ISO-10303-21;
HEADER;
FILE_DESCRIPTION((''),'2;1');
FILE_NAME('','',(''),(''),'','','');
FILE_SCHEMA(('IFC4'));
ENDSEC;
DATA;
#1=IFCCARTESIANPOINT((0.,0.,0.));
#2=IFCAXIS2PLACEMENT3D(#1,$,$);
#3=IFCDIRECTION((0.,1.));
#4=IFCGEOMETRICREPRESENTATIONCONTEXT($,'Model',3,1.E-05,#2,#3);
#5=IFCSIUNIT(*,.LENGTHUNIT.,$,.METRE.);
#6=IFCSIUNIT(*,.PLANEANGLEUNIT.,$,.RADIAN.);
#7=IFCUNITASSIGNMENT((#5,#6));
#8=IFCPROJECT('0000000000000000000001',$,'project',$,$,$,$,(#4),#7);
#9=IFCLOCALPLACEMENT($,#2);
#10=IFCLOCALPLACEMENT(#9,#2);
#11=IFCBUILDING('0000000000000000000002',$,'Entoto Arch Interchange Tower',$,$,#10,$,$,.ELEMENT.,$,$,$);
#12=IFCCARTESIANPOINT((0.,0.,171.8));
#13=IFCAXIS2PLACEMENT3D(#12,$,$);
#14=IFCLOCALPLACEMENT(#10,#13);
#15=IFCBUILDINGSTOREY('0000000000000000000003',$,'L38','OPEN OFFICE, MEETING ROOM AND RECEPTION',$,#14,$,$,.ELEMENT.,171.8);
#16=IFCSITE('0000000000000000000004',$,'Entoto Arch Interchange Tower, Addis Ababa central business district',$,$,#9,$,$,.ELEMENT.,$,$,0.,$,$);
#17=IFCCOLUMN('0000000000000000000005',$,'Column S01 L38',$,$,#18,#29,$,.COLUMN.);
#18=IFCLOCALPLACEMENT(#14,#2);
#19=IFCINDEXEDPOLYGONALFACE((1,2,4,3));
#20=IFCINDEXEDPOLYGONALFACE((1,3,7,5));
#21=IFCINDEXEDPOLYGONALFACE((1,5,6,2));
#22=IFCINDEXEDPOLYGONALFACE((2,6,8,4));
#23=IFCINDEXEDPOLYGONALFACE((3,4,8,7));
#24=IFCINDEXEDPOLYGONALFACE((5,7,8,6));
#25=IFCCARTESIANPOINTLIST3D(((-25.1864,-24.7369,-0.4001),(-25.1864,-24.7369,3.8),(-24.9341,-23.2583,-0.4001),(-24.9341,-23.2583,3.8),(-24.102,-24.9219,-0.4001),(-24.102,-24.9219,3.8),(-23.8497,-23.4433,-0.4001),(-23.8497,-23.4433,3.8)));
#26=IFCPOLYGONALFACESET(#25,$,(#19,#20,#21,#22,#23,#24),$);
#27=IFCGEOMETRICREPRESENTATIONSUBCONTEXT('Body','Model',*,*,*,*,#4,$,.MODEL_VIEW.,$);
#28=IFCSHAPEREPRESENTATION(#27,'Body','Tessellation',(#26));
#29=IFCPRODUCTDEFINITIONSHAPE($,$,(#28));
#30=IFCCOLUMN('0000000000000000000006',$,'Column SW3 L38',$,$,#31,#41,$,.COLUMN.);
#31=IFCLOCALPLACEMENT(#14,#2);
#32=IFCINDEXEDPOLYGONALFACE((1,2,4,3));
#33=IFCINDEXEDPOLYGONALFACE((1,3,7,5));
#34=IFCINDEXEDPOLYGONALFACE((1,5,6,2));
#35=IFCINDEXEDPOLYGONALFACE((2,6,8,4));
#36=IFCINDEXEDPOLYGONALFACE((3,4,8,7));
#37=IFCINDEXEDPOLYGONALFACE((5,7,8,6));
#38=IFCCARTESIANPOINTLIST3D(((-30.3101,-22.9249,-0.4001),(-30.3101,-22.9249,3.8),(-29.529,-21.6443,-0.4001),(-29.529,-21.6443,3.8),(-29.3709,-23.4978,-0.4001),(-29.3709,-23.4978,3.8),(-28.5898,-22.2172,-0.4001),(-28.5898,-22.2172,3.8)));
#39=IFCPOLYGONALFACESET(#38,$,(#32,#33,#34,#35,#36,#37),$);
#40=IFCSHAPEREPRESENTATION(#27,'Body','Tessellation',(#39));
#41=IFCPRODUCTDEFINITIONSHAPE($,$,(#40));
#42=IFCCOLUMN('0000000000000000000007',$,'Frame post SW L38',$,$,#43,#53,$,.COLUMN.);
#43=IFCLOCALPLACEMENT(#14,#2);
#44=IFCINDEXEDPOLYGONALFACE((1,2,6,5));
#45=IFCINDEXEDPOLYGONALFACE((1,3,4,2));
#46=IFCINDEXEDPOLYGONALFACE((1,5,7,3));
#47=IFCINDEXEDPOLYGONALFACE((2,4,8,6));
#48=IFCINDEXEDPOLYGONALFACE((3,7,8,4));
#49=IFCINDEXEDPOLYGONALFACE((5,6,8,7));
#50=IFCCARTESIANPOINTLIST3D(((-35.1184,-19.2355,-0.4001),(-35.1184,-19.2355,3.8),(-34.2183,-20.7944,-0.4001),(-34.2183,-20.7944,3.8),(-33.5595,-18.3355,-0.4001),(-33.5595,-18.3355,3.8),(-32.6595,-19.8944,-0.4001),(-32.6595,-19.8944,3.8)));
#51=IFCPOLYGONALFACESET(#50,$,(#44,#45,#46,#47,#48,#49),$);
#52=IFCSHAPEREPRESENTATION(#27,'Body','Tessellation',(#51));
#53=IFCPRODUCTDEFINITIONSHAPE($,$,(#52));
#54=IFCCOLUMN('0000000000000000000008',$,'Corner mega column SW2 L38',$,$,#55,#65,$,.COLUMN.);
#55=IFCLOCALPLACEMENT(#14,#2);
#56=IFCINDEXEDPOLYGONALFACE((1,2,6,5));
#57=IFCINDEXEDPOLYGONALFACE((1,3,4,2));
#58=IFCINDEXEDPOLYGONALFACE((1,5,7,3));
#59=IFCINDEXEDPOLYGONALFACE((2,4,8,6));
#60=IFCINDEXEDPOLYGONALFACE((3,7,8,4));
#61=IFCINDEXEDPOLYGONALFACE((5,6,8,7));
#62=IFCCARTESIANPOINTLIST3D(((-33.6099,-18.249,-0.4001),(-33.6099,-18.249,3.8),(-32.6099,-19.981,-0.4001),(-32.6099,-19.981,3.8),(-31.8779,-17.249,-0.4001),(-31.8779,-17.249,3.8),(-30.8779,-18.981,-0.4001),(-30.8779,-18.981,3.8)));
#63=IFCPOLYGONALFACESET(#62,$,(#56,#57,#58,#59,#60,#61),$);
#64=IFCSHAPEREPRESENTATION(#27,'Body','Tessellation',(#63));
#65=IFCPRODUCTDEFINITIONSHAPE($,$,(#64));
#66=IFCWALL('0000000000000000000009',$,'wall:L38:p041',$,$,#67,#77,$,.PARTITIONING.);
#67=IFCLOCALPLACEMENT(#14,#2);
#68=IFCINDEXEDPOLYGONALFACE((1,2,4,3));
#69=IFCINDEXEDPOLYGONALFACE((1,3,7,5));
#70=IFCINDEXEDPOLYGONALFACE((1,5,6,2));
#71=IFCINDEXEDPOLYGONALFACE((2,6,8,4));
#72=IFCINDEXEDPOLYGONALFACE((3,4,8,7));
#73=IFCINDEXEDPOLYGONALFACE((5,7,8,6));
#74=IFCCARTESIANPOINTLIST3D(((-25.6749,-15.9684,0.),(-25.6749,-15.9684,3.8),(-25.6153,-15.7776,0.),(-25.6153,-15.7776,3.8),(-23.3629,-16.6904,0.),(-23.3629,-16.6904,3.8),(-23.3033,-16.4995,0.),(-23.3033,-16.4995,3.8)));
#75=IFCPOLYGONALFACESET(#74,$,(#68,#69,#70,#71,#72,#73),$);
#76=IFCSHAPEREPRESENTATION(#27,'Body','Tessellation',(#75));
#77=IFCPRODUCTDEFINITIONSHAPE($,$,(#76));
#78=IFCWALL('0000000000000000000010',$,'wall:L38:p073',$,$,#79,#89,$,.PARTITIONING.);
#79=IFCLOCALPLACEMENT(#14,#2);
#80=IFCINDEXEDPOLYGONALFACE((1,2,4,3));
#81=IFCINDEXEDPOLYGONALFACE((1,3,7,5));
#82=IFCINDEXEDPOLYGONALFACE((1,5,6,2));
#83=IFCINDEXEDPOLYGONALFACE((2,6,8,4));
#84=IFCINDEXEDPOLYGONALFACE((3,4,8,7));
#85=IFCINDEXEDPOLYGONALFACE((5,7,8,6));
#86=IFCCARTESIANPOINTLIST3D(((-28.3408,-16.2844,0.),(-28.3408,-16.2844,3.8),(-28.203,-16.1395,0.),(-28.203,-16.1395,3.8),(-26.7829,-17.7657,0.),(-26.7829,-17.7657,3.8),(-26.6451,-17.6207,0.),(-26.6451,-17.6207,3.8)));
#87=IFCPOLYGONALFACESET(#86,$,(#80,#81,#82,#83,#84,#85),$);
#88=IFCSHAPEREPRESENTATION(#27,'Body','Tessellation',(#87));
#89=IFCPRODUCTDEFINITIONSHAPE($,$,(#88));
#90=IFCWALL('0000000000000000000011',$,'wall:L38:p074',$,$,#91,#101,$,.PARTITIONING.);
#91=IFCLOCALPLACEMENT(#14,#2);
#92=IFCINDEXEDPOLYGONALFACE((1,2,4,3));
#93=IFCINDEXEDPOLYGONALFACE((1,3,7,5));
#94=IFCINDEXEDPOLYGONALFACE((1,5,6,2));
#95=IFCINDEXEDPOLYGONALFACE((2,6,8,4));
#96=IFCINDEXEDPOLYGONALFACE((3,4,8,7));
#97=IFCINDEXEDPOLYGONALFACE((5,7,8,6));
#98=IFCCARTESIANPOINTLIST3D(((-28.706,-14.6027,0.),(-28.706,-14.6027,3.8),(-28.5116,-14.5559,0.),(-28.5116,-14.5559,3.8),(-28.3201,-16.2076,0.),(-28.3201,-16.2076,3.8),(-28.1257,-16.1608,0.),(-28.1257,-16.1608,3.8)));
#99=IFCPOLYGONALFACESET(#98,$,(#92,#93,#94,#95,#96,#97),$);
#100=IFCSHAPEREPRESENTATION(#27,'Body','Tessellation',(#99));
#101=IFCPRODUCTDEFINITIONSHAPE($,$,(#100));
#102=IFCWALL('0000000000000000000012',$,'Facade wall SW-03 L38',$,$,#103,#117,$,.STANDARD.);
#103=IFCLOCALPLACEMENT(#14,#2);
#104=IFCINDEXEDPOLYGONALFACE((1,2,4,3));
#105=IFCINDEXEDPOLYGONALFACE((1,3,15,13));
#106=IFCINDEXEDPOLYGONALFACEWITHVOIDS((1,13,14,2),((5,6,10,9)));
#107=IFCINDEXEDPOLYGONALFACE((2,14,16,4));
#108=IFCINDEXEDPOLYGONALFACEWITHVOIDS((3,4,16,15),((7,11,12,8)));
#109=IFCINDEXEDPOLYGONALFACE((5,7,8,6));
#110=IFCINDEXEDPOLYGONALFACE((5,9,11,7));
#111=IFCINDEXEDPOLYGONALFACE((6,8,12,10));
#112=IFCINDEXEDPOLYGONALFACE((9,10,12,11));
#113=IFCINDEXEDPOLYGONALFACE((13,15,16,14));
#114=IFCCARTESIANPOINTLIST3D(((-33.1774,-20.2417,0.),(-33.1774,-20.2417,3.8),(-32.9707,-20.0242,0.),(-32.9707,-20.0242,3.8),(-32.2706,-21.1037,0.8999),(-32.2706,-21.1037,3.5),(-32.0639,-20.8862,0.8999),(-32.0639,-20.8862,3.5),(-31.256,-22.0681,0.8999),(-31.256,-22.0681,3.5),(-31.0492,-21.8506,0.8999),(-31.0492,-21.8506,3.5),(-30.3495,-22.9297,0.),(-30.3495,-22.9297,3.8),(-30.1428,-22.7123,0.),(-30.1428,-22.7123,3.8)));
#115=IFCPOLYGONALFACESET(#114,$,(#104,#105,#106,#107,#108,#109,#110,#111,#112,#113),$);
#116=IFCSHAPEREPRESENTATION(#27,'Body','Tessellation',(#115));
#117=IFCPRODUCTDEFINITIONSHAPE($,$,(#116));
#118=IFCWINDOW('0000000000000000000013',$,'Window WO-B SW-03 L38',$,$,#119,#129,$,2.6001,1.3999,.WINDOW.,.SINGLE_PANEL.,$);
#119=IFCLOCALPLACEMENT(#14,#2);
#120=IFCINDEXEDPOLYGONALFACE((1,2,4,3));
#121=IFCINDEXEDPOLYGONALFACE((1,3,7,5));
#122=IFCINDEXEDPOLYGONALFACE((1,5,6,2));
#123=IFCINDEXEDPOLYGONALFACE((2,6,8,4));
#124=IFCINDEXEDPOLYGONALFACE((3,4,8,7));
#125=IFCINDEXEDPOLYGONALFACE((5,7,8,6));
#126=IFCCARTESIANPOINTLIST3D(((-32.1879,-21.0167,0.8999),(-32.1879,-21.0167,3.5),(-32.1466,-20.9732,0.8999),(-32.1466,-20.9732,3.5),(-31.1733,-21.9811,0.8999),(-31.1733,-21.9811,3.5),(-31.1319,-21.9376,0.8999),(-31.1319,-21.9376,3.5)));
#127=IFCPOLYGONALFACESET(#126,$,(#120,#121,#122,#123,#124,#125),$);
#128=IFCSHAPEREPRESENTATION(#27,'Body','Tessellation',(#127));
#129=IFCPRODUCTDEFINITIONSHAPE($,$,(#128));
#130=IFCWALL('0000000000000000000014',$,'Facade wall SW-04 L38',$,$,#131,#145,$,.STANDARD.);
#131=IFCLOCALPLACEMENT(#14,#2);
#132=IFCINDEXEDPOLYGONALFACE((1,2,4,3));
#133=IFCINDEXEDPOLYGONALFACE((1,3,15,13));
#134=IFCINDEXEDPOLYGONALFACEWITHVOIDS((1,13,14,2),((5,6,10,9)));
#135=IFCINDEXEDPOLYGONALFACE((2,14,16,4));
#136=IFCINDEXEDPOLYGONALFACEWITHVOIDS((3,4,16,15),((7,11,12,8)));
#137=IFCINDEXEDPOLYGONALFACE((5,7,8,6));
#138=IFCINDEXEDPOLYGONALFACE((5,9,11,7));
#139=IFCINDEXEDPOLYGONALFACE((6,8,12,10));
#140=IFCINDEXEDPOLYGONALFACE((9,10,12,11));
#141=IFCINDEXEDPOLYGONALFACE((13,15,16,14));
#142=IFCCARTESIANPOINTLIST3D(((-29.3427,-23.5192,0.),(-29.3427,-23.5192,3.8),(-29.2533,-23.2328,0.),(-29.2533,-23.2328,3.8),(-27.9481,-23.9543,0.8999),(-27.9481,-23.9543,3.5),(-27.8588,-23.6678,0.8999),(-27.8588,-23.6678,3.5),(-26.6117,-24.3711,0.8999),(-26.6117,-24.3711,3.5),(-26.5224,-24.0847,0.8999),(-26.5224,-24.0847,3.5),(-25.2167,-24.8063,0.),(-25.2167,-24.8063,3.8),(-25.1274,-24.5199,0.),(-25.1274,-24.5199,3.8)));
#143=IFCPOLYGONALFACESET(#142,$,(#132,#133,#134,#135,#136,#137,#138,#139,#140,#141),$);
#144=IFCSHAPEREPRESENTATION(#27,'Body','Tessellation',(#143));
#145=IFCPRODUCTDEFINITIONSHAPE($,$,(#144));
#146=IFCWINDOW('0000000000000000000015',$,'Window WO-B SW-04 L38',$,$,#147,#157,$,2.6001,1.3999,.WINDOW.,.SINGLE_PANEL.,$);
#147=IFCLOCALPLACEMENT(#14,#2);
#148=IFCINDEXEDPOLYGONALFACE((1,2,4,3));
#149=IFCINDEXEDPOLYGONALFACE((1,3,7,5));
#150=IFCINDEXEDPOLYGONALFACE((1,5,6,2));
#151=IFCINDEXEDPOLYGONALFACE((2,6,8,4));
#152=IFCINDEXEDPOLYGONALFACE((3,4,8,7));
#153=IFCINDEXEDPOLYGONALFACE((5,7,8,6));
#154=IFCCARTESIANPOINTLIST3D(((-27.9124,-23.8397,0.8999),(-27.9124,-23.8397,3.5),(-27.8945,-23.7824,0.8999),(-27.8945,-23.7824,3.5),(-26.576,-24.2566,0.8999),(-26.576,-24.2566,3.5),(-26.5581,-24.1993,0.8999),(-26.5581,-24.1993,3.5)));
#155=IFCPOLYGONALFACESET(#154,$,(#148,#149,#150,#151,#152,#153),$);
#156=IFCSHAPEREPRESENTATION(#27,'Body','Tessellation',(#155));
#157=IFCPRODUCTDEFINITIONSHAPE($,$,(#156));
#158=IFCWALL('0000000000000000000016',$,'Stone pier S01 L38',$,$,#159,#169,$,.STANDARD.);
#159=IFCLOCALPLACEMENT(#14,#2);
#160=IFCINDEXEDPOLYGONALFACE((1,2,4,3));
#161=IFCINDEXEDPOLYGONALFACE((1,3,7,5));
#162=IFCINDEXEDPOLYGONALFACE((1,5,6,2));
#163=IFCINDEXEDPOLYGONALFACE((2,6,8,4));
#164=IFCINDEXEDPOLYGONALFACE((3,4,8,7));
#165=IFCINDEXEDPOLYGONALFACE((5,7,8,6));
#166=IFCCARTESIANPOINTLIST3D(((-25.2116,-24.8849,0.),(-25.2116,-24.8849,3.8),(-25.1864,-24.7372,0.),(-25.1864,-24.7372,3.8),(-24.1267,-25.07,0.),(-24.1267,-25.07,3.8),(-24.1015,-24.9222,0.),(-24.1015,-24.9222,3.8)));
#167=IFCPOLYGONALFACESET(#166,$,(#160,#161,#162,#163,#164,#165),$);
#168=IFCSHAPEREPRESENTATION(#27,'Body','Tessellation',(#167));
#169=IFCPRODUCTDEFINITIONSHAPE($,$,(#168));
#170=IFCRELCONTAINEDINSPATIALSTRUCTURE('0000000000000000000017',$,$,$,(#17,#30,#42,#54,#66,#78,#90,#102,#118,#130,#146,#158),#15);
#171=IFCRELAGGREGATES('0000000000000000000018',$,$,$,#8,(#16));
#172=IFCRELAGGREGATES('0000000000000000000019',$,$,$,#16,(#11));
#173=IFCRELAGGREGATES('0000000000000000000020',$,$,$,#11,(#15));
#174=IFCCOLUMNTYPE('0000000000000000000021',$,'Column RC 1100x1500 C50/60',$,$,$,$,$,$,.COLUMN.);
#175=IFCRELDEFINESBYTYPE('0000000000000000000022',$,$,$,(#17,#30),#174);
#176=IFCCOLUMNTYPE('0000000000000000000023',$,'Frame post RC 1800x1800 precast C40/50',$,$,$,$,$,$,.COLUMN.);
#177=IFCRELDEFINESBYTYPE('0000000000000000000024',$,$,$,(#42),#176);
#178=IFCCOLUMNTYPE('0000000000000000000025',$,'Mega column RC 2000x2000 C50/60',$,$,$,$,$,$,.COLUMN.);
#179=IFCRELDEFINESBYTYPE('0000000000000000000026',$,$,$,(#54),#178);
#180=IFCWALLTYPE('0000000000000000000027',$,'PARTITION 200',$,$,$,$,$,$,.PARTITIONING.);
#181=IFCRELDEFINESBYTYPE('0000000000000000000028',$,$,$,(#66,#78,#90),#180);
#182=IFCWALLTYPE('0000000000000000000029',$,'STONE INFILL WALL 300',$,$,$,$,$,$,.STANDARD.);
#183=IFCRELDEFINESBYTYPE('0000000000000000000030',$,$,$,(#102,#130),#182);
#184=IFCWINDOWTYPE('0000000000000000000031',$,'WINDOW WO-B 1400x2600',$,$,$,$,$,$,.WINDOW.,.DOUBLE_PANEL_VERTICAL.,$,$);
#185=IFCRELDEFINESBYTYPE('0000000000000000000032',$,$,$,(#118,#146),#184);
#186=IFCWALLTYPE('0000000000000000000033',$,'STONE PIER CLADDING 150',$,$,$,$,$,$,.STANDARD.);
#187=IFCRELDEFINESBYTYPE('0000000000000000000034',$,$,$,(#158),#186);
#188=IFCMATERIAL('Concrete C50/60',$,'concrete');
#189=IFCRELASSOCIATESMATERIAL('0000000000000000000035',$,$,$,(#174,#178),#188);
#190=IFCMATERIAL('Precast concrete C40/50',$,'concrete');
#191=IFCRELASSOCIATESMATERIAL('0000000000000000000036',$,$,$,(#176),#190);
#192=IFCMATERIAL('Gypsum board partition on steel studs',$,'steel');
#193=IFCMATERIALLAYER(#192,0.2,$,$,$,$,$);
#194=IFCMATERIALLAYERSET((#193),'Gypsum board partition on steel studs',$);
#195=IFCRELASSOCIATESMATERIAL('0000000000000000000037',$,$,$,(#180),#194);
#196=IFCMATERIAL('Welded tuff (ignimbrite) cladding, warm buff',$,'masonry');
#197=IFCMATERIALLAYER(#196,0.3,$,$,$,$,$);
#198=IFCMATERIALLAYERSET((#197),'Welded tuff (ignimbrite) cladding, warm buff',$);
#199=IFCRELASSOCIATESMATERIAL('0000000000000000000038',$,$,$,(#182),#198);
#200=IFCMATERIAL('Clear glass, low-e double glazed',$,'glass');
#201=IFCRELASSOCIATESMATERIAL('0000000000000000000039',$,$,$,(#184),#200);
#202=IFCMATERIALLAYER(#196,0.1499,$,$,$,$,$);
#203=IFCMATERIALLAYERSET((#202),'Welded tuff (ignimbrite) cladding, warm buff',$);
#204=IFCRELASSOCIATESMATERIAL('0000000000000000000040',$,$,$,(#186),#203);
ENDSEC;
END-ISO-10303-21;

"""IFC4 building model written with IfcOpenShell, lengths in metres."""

from ifc_helpers import new_model, si_unit, direction, frame, frame_2d, origin, origin_2d, place, context, subcontext, project, spatial, rectangle, extrude, material, layer, layer_set, material_profile, profile_set, type_object, element, fill, save


model = new_model("IFC4")

# Units and contexts
model_context = context("Model", 3, precision=1e-05, world=origin(), true_north=direction((0.0, 1.0)))
body_context = subcontext(model_context, "Body", "Model", "MODEL_VIEW")
ifc_project = project(units=[si_unit("LENGTHUNIT", "METRE"), si_unit("PLANEANGLEUNIT", "RADIAN")], contexts=[model_context])

# Site, building, storey
site_placement = place(None, origin())
site = spatial("IfcSite", under=ifc_project, at=site_placement, Name="Entoto Arch Interchange Tower, Addis Ababa central business district", CompositionType="ELEMENT", RefElevation=0.0)
building_placement = place(site_placement, origin())
building = spatial("IfcBuilding", under=site, at=building_placement, Name="Entoto Arch Interchange Tower", CompositionType="ELEMENT")
storey_placement = place(building_placement, frame((0.0, 0.0, 171.8)))
storey = spatial("IfcBuildingStorey", under=building, at=storey_placement, Name="L38", Description="OPEN OFFICE, MEETING ROOM AND RECEPTION", CompositionType="ELEMENT", Elevation=171.8)

# Columns
ifc_material_1 = material(Name="Concrete C50/60", Category="concrete")
ifc_material_profile_1 = material_profile(ifc_material_1, rectangle(XDim=1.1001, YDim=1.5, at=origin_2d()))
ifc_profile_set_1 = profile_set([ifc_material_profile_1], Name="Concrete C50/60")
column_type_1 = type_object("IfcColumnType", Name="Column RC 1100x1500 C50/60", PredefinedType="COLUMN", material=ifc_profile_set_1)
for number, where, z_axis, x_axis, name in (
    (1, (-24.5181, -24.0901, -0.4001), (0.0, 0.0, 1.0), (-0.985753, 0.168197, 0.0), "Column S01 L38"),
    (2, (-29.45, -22.571, -0.4001), (0.0, 0.0, 1.0), (-0.853714, 0.520741, 0.0), "Column SW3 L38"),
):
    element("IfcColumn", number, at=place(storey_placement, frame(where, z_axis=z_axis, x_axis=x_axis)), inside=storey, type_object=column_type_1, Name=name, PredefinedType="COLUMN", context=body_context, shape_type="SweptSolid", body=[
        extrude(rectangle(XDim=1.1001, YDim=1.5, at=origin_2d()), origin(), (0.0, 0.0, 1.0), 4.2002),
    ])
ifc_material_2 = material(Name="Precast concrete C40/50", Category="concrete")
ifc_material_profile_2 = material_profile(ifc_material_2, rectangle(XDim=1.8, YDim=1.8, at=origin_2d()))
ifc_profile_set_2 = profile_set([ifc_material_profile_2], Name="Precast concrete C40/50")
column_type_2 = type_object("IfcColumnType", Name="Frame post RC 1800x1800 precast C40/50", PredefinedType="COLUMN", material=ifc_profile_set_2)
column_1_placement = place(storey_placement, frame((-33.8889, -19.5649, -0.4001), z_axis=(0.0, 0.0, 1.0), x_axis=(0.866025, 0.5, 0.0)))
element("IfcColumn", 3, at=column_1_placement, inside=storey, type_object=column_type_2, Name="Frame post SW L38", PredefinedType="COLUMN", context=body_context, shape_type="SweptSolid", body=[
    extrude(rectangle(XDim=1.8, YDim=1.8, at=origin_2d()), origin(), (0.0, 0.0, 1.0), 4.2002),
])
ifc_material_profile_3 = material_profile(ifc_material_1, rectangle(XDim=2.0, YDim=2.0, at=origin_2d()))
ifc_profile_set_3 = profile_set([ifc_material_profile_3], Name="Concrete C50/60")
column_type_3 = type_object("IfcColumnType", Name="Mega column RC 2000x2000 C50/60", PredefinedType="COLUMN", material=ifc_profile_set_3)
column_2_placement = place(storey_placement, frame((-32.2439, -18.615, -0.4001), z_axis=(0.0, 0.0, 1.0), x_axis=(0.866025, 0.5, 0.0)))
element("IfcColumn", 4, at=column_2_placement, inside=storey, type_object=column_type_3, Name="Corner mega column SW2 L38", PredefinedType="COLUMN", context=body_context, shape_type="SweptSolid", body=[
    extrude(rectangle(XDim=2.0, YDim=2.0, at=origin_2d()), origin(), (0.0, 0.0, 1.0), 4.2002),
])

# Walls
ifc_material_3 = material(Name="Gypsum board partition on steel studs", Category="steel")
ifc_layer_1 = layer(ifc_material_3, 0.2)
ifc_layer_set_1 = layer_set([ifc_layer_1], Name="Gypsum board partition on steel studs")
wall_type_1 = type_object("IfcWallType", Name="PARTITION 200", PredefinedType="PARTITIONING", material=ifc_layer_set_1)
wall_1_placement = place(storey_placement, frame((-25.645, -15.873, 0.0), z_axis=(0.0, 0.0, 1.0), x_axis=(0.954548, -0.298057, 0.0)))
element("IfcWall", 5, at=wall_1_placement, inside=storey, type_object=wall_type_1, Name="wall:L38:p041", PredefinedType="PARTITIONING", context=body_context, shape_type="SweptSolid", body=[
    extrude(rectangle(XDim=2.4221, YDim=0.2, at=frame_2d((1.2109, 0.0))), origin(), (0.0, 0.0, 1.0), 3.8),
])
wall_2_placement = place(storey_placement, frame((-26.7141, -17.6931, 0.0), z_axis=(0.0, 0.0, 1.0), x_axis=(-0.724713, 0.689051, 0.0)))
element("IfcWall", 6, at=wall_2_placement, inside=storey, type_object=wall_type_1, Name="wall:L38:p073", PredefinedType="PARTITIONING", context=body_context, shape_type="SweptSolid", body=[
    extrude(rectangle(XDim=2.1497, YDim=0.2, at=frame_2d((1.0747, 0.0))), origin(), (0.0, 0.0, 1.0), 3.8),
])
wall_3_placement = place(storey_placement, frame((-28.2229, -16.1841, 0.0), z_axis=(0.0, 0.0, 1.0), x_axis=(-0.233826, 0.972278, 0.0)))
element("IfcWall", 7, at=wall_3_placement, inside=storey, type_object=wall_type_1, Name="wall:L38:p074", PredefinedType="PARTITIONING", context=body_context, shape_type="SweptSolid", body=[
    extrude(rectangle(XDim=1.6506, YDim=0.2, at=frame_2d((0.8252, 0.0))), origin(), (0.0, 0.0, 1.0), 3.8),
])

# Walls, openings, windows
ifc_material_4 = material(Name="Welded tuff (ignimbrite) cladding, warm buff", Category="masonry")
ifc_layer_2 = layer(ifc_material_4, 0.3)
ifc_layer_set_2 = layer_set([ifc_layer_2], Name="Welded tuff (ignimbrite) cladding, warm buff")
wall_type_2 = type_object("IfcWallType", Name="STONE INFILL WALL 300", PredefinedType="STANDARD", material=ifc_layer_set_2)
wall_4_placement = place(storey_placement, frame((-33.074, -20.1331, 0.0), z_axis=(0.0, 0.0, 1.0), x_axis=(0.724807, -0.688952, 0.0)))
wall_4 = element("IfcWall", 8, at=wall_4_placement, inside=storey, type_object=wall_type_2, Name="Facade wall SW-03 L38", PredefinedType="STANDARD", context=body_context, shape_type="SweptSolid", body=[
    extrude(rectangle(XDim=3.9016, YDim=0.3, at=frame_2d((1.9507, 0.0))), origin(), (0.0, 0.0, 1.0), 3.8),
])
opening_1_placement = place(wall_4_placement, frame((1.251, 0.0, 0.8999)))
opening_1 = element("IfcOpeningElement", 9, at=opening_1_placement, cuts=wall_4, PredefinedType="OPENING", context=body_context, shape_type="SweptSolid", body=[
    extrude(rectangle(XDim=1.3999, YDim=2.6001, at=frame_2d((0.7, 1.3))), frame((0.0, 0.1602, 0.0), z_axis=(0.0, -1.0, 0.0), x_axis=(1.0, 0.0, 0.0)), (0.0, 0.0, 1.0), 0.3201),
])
ifc_material_5 = material(Name="Clear glass, low-e double glazed", Category="glass")
window_type = type_object("IfcWindowType", Name="WINDOW WO-B 1400x2600", PartitioningType="DOUBLE_PANEL_VERTICAL", PredefinedType="WINDOW", material=ifc_material_5)
window_1_placement = place(opening_1_placement, origin())
window_1 = element("IfcWindow", 10, at=window_1_placement, inside=storey, type_object=window_type, Name="Window WO-B SW-03 L38", OverallHeight=2.6001, OverallWidth=1.3999, PartitioningType="SINGLE_PANEL", PredefinedType="WINDOW", context=body_context, shape_type="SweptSolid", body=[
    extrude(rectangle(XDim=1.3999, YDim=2.6001, at=frame_2d((0.7, 1.3))), frame((0.0, 0.03, 0.0), z_axis=(0.0, -1.0, 0.0), x_axis=(1.0, 0.0, 0.0)), (0.0, 0.0, 1.0), 0.0601),
])
fill(opening_1, window_1)
wall_5_placement = place(storey_placement, frame((-29.2981, -23.376, 0.0), z_axis=(0.0, 0.0, 1.0), x_axis=(0.954629, -0.297799, 0.0)))
wall_5 = element("IfcWall", 11, at=wall_5_placement, inside=storey, type_object=wall_type_2, Name="Facade wall SW-04 L38", PredefinedType="STANDARD", context=body_context, shape_type="SweptSolid", body=[
    extrude(rectangle(XDim=4.322, YDim=0.3, at=frame_2d((2.1611, 0.0))), origin(), (0.0, 0.0, 1.0), 3.8),
])
opening_2_placement = place(wall_5_placement, frame((1.4609, 0.0, 0.8999)))
opening_2 = element("IfcOpeningElement", 12, at=opening_2_placement, cuts=wall_5, PredefinedType="OPENING", context=body_context, shape_type="SweptSolid", body=[
    extrude(rectangle(XDim=1.3999, YDim=2.6001, at=frame_2d((0.7, 1.3))), frame((0.0, 0.1602, 0.0), z_axis=(0.0, -1.0, 0.0), x_axis=(1.0, 0.0, 0.0)), (0.0, 0.0, 1.0), 0.3201),
])
window_2_placement = place(opening_2_placement, origin())
window_2 = element("IfcWindow", 13, at=window_2_placement, inside=storey, type_object=window_type, Name="Window WO-B SW-04 L38", OverallHeight=2.6001, OverallWidth=1.3999, PartitioningType="SINGLE_PANEL", PredefinedType="WINDOW", context=body_context, shape_type="SweptSolid", body=[
    extrude(rectangle(XDim=1.3999, YDim=2.6001, at=frame_2d((0.7, 1.3))), frame((0.0, 0.03, 0.0), z_axis=(0.0, -1.0, 0.0), x_axis=(1.0, 0.0, 0.0)), (0.0, 0.0, 1.0), 0.0601),
])
fill(opening_2, window_2)

# Wall
ifc_layer_3 = layer(ifc_material_4, 0.1499)
ifc_layer_set_3 = layer_set([ifc_layer_3], Name="Welded tuff (ignimbrite) cladding, warm buff")
wall_type_3 = type_object("IfcWallType", Name="STONE PIER CLADDING 150", PredefinedType="STANDARD", material=ifc_layer_set_3)
wall_6_placement = place(storey_placement, frame((-25.199, -24.811, 0.0), z_axis=(0.0, 0.0, 1.0), x_axis=(0.985763, -0.168139, 0.0)))
element("IfcWall", 14, at=wall_6_placement, inside=storey, type_object=wall_type_3, Name="Stone pier S01 L38", PredefinedType="STANDARD", context=body_context, shape_type="SweptSolid", body=[
    extrude(rectangle(XDim=1.1006, YDim=0.1499, at=frame_2d((0.5503, 0.0))), origin(), (0.0, 0.0, 1.0), 3.8),
])

save(model, "model.ifc")
